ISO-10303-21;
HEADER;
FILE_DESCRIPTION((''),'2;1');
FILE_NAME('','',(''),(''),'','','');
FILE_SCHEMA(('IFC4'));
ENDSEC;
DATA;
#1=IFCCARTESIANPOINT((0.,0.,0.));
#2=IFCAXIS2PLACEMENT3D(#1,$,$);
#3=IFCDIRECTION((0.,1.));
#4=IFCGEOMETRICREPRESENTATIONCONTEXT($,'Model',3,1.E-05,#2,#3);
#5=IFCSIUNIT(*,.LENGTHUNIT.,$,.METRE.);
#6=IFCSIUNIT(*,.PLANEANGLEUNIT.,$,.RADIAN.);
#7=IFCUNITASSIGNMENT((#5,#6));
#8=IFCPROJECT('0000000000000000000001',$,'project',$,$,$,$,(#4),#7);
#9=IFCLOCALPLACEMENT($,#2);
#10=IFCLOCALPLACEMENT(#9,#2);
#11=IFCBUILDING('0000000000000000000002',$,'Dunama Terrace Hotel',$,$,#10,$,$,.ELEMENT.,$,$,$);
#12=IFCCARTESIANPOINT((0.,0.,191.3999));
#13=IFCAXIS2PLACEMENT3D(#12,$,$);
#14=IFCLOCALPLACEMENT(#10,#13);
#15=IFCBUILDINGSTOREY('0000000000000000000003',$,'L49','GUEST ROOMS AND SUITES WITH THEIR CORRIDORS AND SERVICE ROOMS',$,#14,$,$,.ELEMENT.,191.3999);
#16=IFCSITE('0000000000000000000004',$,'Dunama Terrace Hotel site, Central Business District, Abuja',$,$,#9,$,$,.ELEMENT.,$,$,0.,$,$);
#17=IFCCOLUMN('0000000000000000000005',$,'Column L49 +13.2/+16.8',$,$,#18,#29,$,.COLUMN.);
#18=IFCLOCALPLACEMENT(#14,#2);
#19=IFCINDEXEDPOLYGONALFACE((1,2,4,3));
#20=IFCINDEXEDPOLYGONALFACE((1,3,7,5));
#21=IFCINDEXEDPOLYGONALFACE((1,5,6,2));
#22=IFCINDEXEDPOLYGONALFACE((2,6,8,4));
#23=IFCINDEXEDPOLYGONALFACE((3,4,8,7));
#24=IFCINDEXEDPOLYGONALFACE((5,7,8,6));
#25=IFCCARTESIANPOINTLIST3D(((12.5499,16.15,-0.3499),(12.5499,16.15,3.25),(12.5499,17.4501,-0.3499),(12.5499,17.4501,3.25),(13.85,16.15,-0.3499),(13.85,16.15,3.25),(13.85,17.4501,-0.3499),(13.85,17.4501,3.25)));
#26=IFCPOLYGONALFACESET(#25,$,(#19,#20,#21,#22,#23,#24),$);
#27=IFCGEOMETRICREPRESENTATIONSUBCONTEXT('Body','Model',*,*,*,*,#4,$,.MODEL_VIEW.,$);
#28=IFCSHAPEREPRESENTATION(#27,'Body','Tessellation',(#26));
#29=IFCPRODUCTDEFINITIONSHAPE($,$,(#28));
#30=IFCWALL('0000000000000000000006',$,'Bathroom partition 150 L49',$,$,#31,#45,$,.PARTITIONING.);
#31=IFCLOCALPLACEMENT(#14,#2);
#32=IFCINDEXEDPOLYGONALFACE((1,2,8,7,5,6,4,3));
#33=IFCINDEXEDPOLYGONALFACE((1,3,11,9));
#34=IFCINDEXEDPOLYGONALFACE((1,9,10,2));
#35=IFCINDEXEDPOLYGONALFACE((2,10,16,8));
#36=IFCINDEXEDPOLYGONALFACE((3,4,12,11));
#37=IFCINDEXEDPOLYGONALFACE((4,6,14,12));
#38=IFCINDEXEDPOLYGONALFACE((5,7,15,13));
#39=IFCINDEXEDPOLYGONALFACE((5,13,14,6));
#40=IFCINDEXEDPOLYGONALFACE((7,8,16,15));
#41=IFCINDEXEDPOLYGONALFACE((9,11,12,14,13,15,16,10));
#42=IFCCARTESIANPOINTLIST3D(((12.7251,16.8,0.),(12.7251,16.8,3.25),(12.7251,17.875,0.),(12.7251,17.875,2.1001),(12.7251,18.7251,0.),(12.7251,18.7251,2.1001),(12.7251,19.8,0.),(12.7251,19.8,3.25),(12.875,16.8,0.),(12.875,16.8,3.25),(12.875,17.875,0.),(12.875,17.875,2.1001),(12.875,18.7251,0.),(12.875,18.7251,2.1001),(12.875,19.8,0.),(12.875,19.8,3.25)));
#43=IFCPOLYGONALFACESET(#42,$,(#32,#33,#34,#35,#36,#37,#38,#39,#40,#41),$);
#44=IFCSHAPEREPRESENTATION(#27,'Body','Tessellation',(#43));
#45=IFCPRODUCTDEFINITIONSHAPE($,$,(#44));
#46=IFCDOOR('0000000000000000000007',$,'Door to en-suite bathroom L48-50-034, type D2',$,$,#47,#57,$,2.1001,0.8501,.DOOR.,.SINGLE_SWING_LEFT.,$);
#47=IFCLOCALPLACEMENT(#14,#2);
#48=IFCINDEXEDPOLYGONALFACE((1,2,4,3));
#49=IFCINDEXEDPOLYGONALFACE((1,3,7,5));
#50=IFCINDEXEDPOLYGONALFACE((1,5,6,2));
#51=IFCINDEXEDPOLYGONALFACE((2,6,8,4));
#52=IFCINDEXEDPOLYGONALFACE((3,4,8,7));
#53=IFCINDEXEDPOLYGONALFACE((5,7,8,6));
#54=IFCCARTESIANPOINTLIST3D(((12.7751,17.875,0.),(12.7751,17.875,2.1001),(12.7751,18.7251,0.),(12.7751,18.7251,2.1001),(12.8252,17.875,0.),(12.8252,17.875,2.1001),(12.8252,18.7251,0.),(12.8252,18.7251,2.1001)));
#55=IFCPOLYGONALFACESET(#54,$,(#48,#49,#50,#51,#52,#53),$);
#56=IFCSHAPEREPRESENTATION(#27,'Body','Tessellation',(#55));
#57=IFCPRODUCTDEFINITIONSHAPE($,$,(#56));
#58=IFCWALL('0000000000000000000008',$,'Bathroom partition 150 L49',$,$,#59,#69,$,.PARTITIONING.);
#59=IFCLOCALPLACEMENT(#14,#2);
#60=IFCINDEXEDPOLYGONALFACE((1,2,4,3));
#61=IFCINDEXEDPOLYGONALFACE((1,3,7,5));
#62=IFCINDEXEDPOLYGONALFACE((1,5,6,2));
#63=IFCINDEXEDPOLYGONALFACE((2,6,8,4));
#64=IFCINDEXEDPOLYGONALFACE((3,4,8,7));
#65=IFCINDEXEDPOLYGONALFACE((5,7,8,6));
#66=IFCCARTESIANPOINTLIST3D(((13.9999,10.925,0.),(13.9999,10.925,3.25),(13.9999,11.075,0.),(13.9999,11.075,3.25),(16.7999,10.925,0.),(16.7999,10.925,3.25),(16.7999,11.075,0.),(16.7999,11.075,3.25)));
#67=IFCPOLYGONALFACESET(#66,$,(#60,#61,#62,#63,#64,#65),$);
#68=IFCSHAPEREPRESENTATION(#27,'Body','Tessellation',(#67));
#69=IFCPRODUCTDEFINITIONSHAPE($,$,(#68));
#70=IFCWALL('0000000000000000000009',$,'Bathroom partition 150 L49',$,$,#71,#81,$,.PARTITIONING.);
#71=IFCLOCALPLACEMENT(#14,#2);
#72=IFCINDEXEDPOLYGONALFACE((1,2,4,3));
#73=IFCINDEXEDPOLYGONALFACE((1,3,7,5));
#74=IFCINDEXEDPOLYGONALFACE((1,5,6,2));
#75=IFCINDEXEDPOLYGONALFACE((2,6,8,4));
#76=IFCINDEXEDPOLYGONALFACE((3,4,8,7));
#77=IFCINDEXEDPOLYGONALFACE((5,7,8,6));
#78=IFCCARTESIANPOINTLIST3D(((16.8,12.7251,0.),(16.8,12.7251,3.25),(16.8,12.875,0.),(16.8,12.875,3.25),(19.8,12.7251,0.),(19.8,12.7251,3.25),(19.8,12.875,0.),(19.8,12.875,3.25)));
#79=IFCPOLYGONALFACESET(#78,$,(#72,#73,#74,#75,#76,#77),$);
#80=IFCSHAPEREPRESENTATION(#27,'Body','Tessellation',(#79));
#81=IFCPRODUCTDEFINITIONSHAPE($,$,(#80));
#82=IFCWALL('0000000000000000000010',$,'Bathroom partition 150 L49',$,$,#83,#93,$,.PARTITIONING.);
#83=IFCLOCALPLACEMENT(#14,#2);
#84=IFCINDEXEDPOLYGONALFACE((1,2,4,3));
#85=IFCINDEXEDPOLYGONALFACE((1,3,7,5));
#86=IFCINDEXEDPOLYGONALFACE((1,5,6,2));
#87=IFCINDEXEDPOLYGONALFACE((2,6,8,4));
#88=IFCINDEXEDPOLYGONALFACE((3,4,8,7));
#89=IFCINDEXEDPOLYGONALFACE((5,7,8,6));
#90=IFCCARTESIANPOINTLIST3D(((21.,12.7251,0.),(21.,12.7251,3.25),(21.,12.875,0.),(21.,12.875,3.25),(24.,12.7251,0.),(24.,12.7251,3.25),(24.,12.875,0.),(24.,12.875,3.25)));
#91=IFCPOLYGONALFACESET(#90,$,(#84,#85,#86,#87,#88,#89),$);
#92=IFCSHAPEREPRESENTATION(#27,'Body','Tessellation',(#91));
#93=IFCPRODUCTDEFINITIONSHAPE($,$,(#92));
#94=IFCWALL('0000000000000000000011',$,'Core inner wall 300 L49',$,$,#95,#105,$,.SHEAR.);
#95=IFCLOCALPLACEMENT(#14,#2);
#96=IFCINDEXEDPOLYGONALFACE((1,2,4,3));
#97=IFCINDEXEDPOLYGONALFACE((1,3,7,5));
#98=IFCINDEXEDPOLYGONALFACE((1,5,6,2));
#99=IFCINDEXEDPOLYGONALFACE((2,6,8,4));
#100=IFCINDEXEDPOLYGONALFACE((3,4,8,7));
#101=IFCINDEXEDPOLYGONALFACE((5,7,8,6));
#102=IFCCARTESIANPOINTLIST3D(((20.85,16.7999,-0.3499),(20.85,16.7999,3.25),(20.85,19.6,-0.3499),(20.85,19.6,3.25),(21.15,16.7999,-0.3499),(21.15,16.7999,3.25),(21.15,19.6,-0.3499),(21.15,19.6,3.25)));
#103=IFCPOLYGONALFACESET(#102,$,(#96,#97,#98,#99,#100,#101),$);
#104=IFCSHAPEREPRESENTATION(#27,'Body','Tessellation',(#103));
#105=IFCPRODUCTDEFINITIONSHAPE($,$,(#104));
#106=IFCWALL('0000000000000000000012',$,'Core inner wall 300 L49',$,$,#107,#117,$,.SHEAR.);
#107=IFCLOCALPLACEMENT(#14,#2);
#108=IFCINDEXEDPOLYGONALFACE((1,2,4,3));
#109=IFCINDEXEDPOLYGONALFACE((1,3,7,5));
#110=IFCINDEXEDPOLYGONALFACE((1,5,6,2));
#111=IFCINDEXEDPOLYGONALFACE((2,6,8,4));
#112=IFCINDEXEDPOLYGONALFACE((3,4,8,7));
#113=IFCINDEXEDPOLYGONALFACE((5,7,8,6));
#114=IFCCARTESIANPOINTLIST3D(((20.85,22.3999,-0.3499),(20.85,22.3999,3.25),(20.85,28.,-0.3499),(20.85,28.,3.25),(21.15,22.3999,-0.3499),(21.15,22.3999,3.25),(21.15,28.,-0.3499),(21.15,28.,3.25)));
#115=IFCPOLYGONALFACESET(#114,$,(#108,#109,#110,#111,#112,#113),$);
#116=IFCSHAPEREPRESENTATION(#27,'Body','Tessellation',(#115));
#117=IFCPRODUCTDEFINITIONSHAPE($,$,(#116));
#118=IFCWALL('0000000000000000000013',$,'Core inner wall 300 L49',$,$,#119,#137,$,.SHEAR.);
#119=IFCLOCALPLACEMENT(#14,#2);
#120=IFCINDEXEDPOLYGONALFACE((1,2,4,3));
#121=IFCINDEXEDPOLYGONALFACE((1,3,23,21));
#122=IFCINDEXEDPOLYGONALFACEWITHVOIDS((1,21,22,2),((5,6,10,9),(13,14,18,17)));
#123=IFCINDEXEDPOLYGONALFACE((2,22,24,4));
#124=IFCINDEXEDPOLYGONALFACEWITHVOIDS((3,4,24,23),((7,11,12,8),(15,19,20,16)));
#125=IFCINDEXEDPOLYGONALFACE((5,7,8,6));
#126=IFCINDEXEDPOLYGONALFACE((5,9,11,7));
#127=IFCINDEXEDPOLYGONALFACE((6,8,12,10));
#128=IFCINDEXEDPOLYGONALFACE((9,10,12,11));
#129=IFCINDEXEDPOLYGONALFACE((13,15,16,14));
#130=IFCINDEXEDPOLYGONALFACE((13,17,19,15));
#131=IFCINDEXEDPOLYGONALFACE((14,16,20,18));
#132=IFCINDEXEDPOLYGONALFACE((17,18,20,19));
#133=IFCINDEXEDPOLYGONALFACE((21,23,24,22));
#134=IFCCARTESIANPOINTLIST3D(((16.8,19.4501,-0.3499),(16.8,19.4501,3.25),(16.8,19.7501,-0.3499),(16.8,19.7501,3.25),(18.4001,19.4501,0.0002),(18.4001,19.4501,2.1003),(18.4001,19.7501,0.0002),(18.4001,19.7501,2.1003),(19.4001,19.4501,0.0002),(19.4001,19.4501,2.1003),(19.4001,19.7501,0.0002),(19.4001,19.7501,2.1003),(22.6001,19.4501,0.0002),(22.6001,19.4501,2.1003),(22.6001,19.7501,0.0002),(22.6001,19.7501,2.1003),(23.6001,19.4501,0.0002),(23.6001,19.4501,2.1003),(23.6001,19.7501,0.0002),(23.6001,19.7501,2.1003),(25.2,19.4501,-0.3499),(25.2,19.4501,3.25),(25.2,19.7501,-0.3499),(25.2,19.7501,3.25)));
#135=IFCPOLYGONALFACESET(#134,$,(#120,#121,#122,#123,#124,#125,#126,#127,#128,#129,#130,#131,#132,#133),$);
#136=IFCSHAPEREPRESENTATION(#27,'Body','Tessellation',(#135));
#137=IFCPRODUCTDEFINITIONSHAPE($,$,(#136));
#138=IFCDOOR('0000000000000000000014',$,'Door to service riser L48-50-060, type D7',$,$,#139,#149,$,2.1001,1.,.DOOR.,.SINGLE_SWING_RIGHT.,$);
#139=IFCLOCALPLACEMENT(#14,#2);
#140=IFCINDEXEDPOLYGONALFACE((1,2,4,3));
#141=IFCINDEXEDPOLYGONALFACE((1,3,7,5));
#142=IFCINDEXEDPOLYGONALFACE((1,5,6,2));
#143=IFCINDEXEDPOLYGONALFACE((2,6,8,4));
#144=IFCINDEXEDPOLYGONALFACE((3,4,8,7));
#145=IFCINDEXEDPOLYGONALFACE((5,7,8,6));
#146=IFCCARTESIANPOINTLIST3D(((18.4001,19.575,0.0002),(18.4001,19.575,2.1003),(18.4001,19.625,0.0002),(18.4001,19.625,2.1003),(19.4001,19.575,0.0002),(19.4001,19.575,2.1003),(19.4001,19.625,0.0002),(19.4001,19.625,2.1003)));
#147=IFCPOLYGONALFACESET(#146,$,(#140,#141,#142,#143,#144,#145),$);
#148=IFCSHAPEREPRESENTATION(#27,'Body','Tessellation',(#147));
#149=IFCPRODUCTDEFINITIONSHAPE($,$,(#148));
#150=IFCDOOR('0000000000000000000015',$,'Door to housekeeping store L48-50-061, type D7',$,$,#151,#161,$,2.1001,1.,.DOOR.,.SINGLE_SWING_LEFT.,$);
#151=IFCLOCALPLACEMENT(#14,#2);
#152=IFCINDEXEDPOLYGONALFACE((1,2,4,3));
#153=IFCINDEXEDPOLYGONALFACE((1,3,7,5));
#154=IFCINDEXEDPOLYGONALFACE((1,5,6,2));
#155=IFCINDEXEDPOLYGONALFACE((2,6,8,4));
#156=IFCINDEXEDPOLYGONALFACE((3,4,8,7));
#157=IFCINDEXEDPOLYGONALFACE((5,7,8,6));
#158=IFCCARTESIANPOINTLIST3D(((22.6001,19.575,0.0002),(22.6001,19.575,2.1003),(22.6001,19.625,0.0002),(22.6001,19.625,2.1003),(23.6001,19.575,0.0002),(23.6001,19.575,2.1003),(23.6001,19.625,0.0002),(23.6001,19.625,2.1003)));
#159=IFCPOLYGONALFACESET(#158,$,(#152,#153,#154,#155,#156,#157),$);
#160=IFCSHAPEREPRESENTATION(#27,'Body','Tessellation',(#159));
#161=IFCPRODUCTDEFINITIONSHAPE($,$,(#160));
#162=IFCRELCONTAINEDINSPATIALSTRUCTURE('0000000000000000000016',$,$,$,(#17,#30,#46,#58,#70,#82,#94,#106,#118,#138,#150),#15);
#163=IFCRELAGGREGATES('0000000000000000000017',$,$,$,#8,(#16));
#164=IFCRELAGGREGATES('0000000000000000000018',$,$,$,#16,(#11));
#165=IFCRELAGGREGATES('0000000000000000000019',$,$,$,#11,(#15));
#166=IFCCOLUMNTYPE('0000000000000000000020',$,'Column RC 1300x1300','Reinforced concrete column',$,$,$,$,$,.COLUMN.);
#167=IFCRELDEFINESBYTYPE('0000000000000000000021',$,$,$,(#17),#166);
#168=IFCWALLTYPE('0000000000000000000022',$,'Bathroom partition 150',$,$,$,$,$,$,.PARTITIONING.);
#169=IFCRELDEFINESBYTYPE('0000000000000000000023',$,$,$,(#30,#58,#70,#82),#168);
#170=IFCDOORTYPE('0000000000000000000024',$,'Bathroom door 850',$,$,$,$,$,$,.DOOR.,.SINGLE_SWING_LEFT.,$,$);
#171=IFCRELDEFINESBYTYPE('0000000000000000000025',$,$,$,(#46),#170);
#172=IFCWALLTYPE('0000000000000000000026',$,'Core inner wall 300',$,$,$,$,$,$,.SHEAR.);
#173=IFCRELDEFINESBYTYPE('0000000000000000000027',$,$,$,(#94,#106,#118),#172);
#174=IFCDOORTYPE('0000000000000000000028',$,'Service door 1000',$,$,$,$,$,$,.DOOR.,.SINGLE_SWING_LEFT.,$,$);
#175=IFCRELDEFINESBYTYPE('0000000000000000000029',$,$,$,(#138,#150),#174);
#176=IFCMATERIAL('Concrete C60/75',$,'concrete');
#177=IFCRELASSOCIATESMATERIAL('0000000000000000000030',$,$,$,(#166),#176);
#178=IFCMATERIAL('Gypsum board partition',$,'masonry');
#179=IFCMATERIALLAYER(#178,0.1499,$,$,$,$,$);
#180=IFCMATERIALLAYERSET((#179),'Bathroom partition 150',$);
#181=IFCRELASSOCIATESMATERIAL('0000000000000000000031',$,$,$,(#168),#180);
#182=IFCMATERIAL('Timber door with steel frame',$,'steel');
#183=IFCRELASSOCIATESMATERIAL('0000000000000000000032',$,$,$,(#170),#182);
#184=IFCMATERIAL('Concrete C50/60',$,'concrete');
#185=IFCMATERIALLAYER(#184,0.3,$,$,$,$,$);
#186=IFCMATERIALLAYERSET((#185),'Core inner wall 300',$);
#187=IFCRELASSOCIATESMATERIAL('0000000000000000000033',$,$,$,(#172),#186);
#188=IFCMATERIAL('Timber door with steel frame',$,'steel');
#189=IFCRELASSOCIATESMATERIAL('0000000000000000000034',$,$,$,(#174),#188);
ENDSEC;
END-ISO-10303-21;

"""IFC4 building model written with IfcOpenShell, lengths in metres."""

from ifc_helpers import new_model, si_unit, direction, frame, frame_2d, origin, origin_2d, place, context, subcontext, project, spatial, rectangle, extrude, material, layer, layer_set, material_profile, profile_set, type_object, element, fill, save


model = new_model("IFC4")

# Units and contexts
model_context = context("Model", 3, precision=1e-05, world=origin(), true_north=direction((0.0, 1.0)))
body_context = subcontext(model_context, "Body", "Model", "MODEL_VIEW")
ifc_project = project(units=[si_unit("LENGTHUNIT", "METRE"), si_unit("PLANEANGLEUNIT", "RADIAN")], contexts=[model_context])

# Site, building, storey
site_placement = place(None, origin())
site = spatial("IfcSite", under=ifc_project, at=site_placement, Name="Dunama Terrace Hotel site, Central Business District, Abuja", CompositionType="ELEMENT", RefElevation=0.0)
building_placement = place(site_placement, origin())
building = spatial("IfcBuilding", under=site, at=building_placement, Name="Dunama Terrace Hotel", CompositionType="ELEMENT")
storey_placement = place(building_placement, frame((0.0, 0.0, 191.3999)))
storey = spatial("IfcBuildingStorey", under=building, at=storey_placement, Name="L49", Description="GUEST ROOMS AND SUITES WITH THEIR CORRIDORS AND SERVICE ROOMS", CompositionType="ELEMENT", Elevation=191.3999)

# Column
ifc_material_1 = material(Name="Concrete C60/75", Category="concrete")
ifc_material_profile = material_profile(ifc_material_1, rectangle(XDim=1.3, YDim=1.3, at=origin_2d()), Name="RC 1300x1300")
ifc_profile_set = profile_set([ifc_material_profile], Name="Concrete C60/75")
column_type = type_object("IfcColumnType", Name="Column RC 1300x1300", Description="Reinforced concrete column", PredefinedType="COLUMN", material=ifc_profile_set)
column_placement = place(storey_placement, frame((13.2, 16.8, -0.3499), z_axis=(0.0, 0.0, 1.0), x_axis=(1.0, 0.0, 0.0)))
element("IfcColumn", 1, at=column_placement, inside=storey, type_object=column_type, Name="Column L49 +13.2/+16.8", PredefinedType="COLUMN", context=body_context, shape_type="SweptSolid", body=[
    extrude(rectangle(XDim=1.3, YDim=1.3, at=origin_2d()), origin(), (0.0, 0.0, 1.0), 3.5999),
])

# Wall, opening, door
ifc_material_2 = material(Name="Gypsum board partition", Category="masonry")
ifc_layer_1 = layer(ifc_material_2, 0.1499)
ifc_layer_set_1 = layer_set([ifc_layer_1], Name="Bathroom partition 150")
wall_type_1 = type_object("IfcWallType", Name="Bathroom partition 150", PredefinedType="PARTITIONING", material=ifc_layer_set_1)
wall_1_placement = place(storey_placement, frame((12.8, 16.8, 0.0), z_axis=(0.0, 0.0, 1.0), x_axis=(0.0, 1.0, 0.0)))
wall_1 = element("IfcWall", 2, at=wall_1_placement, inside=storey, type_object=wall_type_1, Name="Bathroom partition 150 L49", PredefinedType="PARTITIONING", context=body_context, shape_type="SweptSolid", body=[
    extrude(rectangle(XDim=3.0, YDim=0.1499, at=frame_2d((1.5, 0.0))), origin(), (0.0, 0.0, 1.0), 3.25),
])
opening_1_placement = place(wall_1_placement, frame((1.075, 0.0, 0.0)))
opening_1 = element("IfcOpeningElement", 3, at=opening_1_placement, cuts=wall_1, PredefinedType="OPENING", context=body_context, shape_type="SweptSolid", body=[
    extrude(rectangle(XDim=0.8501, YDim=2.1001, at=frame_2d((0.425, 1.05))), frame((0.0, 0.085, 0.0), z_axis=(0.0, -1.0, 0.0), x_axis=(1.0, 0.0, 0.0)), (0.0, 0.0, 1.0), 0.1699),
])
ifc_material_3 = material(Name="Timber door with steel frame", Category="steel")
door_type_1 = type_object("IfcDoorType", Name="Bathroom door 850", OperationType="SINGLE_SWING_LEFT", PredefinedType="DOOR", material=ifc_material_3)
door_1_placement = place(opening_1_placement, origin())
door_1 = element("IfcDoor", 4, at=door_1_placement, inside=storey, type_object=door_type_1, Name="Door to en-suite bathroom L48-50-034, type D2", OperationType="SINGLE_SWING_LEFT", OverallHeight=2.1001, OverallWidth=0.8501, PredefinedType="DOOR", context=body_context, shape_type="SweptSolid", body=[
    extrude(rectangle(XDim=0.8501, YDim=2.1001, at=frame_2d((0.425, 1.05))), frame((0.0, 0.0249, 0.0), z_axis=(0.0, -1.0, 0.0), x_axis=(1.0, 0.0, 0.0)), (0.0, 0.0, 1.0), 0.05),
])
fill(opening_1, door_1)

# Walls
wall_2_placement = place(storey_placement, frame((14.0, 11.0, 0.0), z_axis=(0.0, 0.0, 1.0), x_axis=(1.0, 0.0, 0.0)))
element("IfcWall", 5, at=wall_2_placement, inside=storey, type_object=wall_type_1, Name="Bathroom partition 150 L49", PredefinedType="PARTITIONING", context=body_context, shape_type="SweptSolid", body=[
    extrude(rectangle(XDim=2.8, YDim=0.1499, at=frame_2d((1.3999, 0.0))), origin(), (0.0, 0.0, 1.0), 3.25),
])
for number, where, z_axis, x_axis, name in (
    (6, (16.8, 12.8, 0.0), (0.0, 0.0, 1.0), (1.0, 0.0, 0.0), "Bathroom partition 150 L49"),
    (7, (21.0, 12.8, 0.0), (0.0, 0.0, 1.0), (1.0, 0.0, 0.0), "Bathroom partition 150 L49"),
):
    element("IfcWall", number, at=place(storey_placement, frame(where, z_axis=z_axis, x_axis=x_axis)), inside=storey, type_object=wall_type_1, Name=name, PredefinedType="PARTITIONING", context=body_context, shape_type="SweptSolid", body=[
        extrude(rectangle(XDim=3.0, YDim=0.1499, at=frame_2d((1.5, 0.0))), origin(), (0.0, 0.0, 1.0), 3.25),
    ])
ifc_material_4 = material(Name="Concrete C50/60", Category="concrete")
ifc_layer_2 = layer(ifc_material_4, 0.3)
ifc_layer_set_2 = layer_set([ifc_layer_2], Name="Core inner wall 300")
wall_type_2 = type_object("IfcWallType", Name="Core inner wall 300", PredefinedType="SHEAR", material=ifc_layer_set_2)
wall_3_placement = place(storey_placement, frame((21.0, 16.8, -0.3499), z_axis=(0.0, 0.0, 1.0), x_axis=(0.0, 1.0, 0.0)))
element("IfcWall", 8, at=wall_3_placement, inside=storey, type_object=wall_type_2, Name="Core inner wall 300 L49", PredefinedType="SHEAR", context=body_context, shape_type="SweptSolid", body=[
    extrude(rectangle(XDim=2.8, YDim=0.3, at=frame_2d((1.3999, 0.0))), origin(), (0.0, 0.0, 1.0), 3.5999),
])
wall_4_placement = place(storey_placement, frame((21.0, 22.3999, -0.3499), z_axis=(0.0, 0.0, 1.0), x_axis=(0.0, 1.0, 0.0)))
element("IfcWall", 9, at=wall_4_placement, inside=storey, type_object=wall_type_2, Name="Core inner wall 300 L49", PredefinedType="SHEAR", context=body_context, shape_type="SweptSolid", body=[
    extrude(rectangle(XDim=5.6001, YDim=0.3, at=frame_2d((2.8, 0.0))), origin(), (0.0, 0.0, 1.0), 3.5999),
])

# Wall, openings, doors
wall_5_placement = place(storey_placement, frame((16.8, 19.6001, -0.3499), z_axis=(0.0, 0.0, 1.0), x_axis=(1.0, 0.0, 0.0)))
wall_5 = element("IfcWall", 10, at=wall_5_placement, inside=storey, type_object=wall_type_2, Name="Core inner wall 300 L49", PredefinedType="SHEAR", context=body_context, shape_type="SweptSolid", body=[
    extrude(rectangle(XDim=8.3999, YDim=0.3, at=frame_2d((4.2, 0.0))), origin(), (0.0, 0.0, 1.0), 3.5999),
])
opening_2_placement = place(wall_5_placement, frame((1.6001, 0.0, 0.3501)))
opening_2 = element("IfcOpeningElement", 11, at=opening_2_placement, cuts=wall_5, PredefinedType="OPENING", context=body_context, shape_type="SweptSolid", body=[
    extrude(rectangle(XDim=1.0, YDim=2.1001, at=frame_2d((0.5, 1.05))), frame((0.0, 0.1599, 0.0), z_axis=(0.0, -1.0, 0.0), x_axis=(1.0, 0.0, 0.0)), (0.0, 0.0, 1.0), 0.3201),
])
opening_3_placement = place(wall_5_placement, frame((5.8, 0.0, 0.3501)))
opening_3 = element("IfcOpeningElement", 12, at=opening_3_placement, cuts=wall_5, PredefinedType="OPENING", context=body_context, shape_type="SweptSolid", body=[
    extrude(rectangle(XDim=1.0, YDim=2.1001, at=frame_2d((0.5, 1.05))), frame((0.0, 0.1599, 0.0), z_axis=(0.0, -1.0, 0.0), x_axis=(1.0, 0.0, 0.0)), (0.0, 0.0, 1.0), 0.3201),
])
ifc_material_5 = material(Name="Timber door with steel frame", Category="steel")
door_type_2 = type_object("IfcDoorType", Name="Service door 1000", OperationType="SINGLE_SWING_LEFT", PredefinedType="DOOR", material=ifc_material_5)
door_2_placement = place(opening_2_placement, frame((1.0, 0.0, 0.0), z_axis=(0.0, 0.0, 1.0), x_axis=(-1.0, 0.0, 0.0)))
door_2 = element("IfcDoor", 13, at=door_2_placement, inside=storey, type_object=door_type_2, Name="Door to service riser L48-50-060, type D7", OperationType="SINGLE_SWING_RIGHT", OverallHeight=2.1001, OverallWidth=1.0, PredefinedType="DOOR", context=body_context, shape_type="SweptSolid", body=[
    extrude(rectangle(XDim=1.0, YDim=2.1001, at=frame_2d((0.5, 1.05))), frame((0.0, 0.0251, 0.0), z_axis=(0.0, -1.0, 0.0), x_axis=(1.0, 0.0, 0.0)), (0.0, 0.0, 1.0), 0.05),
])
fill(opening_2, door_2)
door_3_placement = place(opening_3_placement, frame((1.0, 0.0, 0.0), z_axis=(0.0, 0.0, 1.0), x_axis=(-1.0, 0.0, 0.0)))
door_3 = element("IfcDoor", 14, at=door_3_placement, inside=storey, type_object=door_type_2, Name="Door to housekeeping store L48-50-061, type D7", OperationType="SINGLE_SWING_LEFT", OverallHeight=2.1001, OverallWidth=1.0, PredefinedType="DOOR", context=body_context, shape_type="SweptSolid", body=[
    extrude(rectangle(XDim=1.0, YDim=2.1001, at=frame_2d((0.5, 1.05))), frame((0.0, 0.0251, 0.0), z_axis=(0.0, -1.0, 0.0), x_axis=(1.0, 0.0, 0.0)), (0.0, 0.0, 1.0), 0.05),
])
fill(opening_3, door_3)

save(model, "model.ifc")
